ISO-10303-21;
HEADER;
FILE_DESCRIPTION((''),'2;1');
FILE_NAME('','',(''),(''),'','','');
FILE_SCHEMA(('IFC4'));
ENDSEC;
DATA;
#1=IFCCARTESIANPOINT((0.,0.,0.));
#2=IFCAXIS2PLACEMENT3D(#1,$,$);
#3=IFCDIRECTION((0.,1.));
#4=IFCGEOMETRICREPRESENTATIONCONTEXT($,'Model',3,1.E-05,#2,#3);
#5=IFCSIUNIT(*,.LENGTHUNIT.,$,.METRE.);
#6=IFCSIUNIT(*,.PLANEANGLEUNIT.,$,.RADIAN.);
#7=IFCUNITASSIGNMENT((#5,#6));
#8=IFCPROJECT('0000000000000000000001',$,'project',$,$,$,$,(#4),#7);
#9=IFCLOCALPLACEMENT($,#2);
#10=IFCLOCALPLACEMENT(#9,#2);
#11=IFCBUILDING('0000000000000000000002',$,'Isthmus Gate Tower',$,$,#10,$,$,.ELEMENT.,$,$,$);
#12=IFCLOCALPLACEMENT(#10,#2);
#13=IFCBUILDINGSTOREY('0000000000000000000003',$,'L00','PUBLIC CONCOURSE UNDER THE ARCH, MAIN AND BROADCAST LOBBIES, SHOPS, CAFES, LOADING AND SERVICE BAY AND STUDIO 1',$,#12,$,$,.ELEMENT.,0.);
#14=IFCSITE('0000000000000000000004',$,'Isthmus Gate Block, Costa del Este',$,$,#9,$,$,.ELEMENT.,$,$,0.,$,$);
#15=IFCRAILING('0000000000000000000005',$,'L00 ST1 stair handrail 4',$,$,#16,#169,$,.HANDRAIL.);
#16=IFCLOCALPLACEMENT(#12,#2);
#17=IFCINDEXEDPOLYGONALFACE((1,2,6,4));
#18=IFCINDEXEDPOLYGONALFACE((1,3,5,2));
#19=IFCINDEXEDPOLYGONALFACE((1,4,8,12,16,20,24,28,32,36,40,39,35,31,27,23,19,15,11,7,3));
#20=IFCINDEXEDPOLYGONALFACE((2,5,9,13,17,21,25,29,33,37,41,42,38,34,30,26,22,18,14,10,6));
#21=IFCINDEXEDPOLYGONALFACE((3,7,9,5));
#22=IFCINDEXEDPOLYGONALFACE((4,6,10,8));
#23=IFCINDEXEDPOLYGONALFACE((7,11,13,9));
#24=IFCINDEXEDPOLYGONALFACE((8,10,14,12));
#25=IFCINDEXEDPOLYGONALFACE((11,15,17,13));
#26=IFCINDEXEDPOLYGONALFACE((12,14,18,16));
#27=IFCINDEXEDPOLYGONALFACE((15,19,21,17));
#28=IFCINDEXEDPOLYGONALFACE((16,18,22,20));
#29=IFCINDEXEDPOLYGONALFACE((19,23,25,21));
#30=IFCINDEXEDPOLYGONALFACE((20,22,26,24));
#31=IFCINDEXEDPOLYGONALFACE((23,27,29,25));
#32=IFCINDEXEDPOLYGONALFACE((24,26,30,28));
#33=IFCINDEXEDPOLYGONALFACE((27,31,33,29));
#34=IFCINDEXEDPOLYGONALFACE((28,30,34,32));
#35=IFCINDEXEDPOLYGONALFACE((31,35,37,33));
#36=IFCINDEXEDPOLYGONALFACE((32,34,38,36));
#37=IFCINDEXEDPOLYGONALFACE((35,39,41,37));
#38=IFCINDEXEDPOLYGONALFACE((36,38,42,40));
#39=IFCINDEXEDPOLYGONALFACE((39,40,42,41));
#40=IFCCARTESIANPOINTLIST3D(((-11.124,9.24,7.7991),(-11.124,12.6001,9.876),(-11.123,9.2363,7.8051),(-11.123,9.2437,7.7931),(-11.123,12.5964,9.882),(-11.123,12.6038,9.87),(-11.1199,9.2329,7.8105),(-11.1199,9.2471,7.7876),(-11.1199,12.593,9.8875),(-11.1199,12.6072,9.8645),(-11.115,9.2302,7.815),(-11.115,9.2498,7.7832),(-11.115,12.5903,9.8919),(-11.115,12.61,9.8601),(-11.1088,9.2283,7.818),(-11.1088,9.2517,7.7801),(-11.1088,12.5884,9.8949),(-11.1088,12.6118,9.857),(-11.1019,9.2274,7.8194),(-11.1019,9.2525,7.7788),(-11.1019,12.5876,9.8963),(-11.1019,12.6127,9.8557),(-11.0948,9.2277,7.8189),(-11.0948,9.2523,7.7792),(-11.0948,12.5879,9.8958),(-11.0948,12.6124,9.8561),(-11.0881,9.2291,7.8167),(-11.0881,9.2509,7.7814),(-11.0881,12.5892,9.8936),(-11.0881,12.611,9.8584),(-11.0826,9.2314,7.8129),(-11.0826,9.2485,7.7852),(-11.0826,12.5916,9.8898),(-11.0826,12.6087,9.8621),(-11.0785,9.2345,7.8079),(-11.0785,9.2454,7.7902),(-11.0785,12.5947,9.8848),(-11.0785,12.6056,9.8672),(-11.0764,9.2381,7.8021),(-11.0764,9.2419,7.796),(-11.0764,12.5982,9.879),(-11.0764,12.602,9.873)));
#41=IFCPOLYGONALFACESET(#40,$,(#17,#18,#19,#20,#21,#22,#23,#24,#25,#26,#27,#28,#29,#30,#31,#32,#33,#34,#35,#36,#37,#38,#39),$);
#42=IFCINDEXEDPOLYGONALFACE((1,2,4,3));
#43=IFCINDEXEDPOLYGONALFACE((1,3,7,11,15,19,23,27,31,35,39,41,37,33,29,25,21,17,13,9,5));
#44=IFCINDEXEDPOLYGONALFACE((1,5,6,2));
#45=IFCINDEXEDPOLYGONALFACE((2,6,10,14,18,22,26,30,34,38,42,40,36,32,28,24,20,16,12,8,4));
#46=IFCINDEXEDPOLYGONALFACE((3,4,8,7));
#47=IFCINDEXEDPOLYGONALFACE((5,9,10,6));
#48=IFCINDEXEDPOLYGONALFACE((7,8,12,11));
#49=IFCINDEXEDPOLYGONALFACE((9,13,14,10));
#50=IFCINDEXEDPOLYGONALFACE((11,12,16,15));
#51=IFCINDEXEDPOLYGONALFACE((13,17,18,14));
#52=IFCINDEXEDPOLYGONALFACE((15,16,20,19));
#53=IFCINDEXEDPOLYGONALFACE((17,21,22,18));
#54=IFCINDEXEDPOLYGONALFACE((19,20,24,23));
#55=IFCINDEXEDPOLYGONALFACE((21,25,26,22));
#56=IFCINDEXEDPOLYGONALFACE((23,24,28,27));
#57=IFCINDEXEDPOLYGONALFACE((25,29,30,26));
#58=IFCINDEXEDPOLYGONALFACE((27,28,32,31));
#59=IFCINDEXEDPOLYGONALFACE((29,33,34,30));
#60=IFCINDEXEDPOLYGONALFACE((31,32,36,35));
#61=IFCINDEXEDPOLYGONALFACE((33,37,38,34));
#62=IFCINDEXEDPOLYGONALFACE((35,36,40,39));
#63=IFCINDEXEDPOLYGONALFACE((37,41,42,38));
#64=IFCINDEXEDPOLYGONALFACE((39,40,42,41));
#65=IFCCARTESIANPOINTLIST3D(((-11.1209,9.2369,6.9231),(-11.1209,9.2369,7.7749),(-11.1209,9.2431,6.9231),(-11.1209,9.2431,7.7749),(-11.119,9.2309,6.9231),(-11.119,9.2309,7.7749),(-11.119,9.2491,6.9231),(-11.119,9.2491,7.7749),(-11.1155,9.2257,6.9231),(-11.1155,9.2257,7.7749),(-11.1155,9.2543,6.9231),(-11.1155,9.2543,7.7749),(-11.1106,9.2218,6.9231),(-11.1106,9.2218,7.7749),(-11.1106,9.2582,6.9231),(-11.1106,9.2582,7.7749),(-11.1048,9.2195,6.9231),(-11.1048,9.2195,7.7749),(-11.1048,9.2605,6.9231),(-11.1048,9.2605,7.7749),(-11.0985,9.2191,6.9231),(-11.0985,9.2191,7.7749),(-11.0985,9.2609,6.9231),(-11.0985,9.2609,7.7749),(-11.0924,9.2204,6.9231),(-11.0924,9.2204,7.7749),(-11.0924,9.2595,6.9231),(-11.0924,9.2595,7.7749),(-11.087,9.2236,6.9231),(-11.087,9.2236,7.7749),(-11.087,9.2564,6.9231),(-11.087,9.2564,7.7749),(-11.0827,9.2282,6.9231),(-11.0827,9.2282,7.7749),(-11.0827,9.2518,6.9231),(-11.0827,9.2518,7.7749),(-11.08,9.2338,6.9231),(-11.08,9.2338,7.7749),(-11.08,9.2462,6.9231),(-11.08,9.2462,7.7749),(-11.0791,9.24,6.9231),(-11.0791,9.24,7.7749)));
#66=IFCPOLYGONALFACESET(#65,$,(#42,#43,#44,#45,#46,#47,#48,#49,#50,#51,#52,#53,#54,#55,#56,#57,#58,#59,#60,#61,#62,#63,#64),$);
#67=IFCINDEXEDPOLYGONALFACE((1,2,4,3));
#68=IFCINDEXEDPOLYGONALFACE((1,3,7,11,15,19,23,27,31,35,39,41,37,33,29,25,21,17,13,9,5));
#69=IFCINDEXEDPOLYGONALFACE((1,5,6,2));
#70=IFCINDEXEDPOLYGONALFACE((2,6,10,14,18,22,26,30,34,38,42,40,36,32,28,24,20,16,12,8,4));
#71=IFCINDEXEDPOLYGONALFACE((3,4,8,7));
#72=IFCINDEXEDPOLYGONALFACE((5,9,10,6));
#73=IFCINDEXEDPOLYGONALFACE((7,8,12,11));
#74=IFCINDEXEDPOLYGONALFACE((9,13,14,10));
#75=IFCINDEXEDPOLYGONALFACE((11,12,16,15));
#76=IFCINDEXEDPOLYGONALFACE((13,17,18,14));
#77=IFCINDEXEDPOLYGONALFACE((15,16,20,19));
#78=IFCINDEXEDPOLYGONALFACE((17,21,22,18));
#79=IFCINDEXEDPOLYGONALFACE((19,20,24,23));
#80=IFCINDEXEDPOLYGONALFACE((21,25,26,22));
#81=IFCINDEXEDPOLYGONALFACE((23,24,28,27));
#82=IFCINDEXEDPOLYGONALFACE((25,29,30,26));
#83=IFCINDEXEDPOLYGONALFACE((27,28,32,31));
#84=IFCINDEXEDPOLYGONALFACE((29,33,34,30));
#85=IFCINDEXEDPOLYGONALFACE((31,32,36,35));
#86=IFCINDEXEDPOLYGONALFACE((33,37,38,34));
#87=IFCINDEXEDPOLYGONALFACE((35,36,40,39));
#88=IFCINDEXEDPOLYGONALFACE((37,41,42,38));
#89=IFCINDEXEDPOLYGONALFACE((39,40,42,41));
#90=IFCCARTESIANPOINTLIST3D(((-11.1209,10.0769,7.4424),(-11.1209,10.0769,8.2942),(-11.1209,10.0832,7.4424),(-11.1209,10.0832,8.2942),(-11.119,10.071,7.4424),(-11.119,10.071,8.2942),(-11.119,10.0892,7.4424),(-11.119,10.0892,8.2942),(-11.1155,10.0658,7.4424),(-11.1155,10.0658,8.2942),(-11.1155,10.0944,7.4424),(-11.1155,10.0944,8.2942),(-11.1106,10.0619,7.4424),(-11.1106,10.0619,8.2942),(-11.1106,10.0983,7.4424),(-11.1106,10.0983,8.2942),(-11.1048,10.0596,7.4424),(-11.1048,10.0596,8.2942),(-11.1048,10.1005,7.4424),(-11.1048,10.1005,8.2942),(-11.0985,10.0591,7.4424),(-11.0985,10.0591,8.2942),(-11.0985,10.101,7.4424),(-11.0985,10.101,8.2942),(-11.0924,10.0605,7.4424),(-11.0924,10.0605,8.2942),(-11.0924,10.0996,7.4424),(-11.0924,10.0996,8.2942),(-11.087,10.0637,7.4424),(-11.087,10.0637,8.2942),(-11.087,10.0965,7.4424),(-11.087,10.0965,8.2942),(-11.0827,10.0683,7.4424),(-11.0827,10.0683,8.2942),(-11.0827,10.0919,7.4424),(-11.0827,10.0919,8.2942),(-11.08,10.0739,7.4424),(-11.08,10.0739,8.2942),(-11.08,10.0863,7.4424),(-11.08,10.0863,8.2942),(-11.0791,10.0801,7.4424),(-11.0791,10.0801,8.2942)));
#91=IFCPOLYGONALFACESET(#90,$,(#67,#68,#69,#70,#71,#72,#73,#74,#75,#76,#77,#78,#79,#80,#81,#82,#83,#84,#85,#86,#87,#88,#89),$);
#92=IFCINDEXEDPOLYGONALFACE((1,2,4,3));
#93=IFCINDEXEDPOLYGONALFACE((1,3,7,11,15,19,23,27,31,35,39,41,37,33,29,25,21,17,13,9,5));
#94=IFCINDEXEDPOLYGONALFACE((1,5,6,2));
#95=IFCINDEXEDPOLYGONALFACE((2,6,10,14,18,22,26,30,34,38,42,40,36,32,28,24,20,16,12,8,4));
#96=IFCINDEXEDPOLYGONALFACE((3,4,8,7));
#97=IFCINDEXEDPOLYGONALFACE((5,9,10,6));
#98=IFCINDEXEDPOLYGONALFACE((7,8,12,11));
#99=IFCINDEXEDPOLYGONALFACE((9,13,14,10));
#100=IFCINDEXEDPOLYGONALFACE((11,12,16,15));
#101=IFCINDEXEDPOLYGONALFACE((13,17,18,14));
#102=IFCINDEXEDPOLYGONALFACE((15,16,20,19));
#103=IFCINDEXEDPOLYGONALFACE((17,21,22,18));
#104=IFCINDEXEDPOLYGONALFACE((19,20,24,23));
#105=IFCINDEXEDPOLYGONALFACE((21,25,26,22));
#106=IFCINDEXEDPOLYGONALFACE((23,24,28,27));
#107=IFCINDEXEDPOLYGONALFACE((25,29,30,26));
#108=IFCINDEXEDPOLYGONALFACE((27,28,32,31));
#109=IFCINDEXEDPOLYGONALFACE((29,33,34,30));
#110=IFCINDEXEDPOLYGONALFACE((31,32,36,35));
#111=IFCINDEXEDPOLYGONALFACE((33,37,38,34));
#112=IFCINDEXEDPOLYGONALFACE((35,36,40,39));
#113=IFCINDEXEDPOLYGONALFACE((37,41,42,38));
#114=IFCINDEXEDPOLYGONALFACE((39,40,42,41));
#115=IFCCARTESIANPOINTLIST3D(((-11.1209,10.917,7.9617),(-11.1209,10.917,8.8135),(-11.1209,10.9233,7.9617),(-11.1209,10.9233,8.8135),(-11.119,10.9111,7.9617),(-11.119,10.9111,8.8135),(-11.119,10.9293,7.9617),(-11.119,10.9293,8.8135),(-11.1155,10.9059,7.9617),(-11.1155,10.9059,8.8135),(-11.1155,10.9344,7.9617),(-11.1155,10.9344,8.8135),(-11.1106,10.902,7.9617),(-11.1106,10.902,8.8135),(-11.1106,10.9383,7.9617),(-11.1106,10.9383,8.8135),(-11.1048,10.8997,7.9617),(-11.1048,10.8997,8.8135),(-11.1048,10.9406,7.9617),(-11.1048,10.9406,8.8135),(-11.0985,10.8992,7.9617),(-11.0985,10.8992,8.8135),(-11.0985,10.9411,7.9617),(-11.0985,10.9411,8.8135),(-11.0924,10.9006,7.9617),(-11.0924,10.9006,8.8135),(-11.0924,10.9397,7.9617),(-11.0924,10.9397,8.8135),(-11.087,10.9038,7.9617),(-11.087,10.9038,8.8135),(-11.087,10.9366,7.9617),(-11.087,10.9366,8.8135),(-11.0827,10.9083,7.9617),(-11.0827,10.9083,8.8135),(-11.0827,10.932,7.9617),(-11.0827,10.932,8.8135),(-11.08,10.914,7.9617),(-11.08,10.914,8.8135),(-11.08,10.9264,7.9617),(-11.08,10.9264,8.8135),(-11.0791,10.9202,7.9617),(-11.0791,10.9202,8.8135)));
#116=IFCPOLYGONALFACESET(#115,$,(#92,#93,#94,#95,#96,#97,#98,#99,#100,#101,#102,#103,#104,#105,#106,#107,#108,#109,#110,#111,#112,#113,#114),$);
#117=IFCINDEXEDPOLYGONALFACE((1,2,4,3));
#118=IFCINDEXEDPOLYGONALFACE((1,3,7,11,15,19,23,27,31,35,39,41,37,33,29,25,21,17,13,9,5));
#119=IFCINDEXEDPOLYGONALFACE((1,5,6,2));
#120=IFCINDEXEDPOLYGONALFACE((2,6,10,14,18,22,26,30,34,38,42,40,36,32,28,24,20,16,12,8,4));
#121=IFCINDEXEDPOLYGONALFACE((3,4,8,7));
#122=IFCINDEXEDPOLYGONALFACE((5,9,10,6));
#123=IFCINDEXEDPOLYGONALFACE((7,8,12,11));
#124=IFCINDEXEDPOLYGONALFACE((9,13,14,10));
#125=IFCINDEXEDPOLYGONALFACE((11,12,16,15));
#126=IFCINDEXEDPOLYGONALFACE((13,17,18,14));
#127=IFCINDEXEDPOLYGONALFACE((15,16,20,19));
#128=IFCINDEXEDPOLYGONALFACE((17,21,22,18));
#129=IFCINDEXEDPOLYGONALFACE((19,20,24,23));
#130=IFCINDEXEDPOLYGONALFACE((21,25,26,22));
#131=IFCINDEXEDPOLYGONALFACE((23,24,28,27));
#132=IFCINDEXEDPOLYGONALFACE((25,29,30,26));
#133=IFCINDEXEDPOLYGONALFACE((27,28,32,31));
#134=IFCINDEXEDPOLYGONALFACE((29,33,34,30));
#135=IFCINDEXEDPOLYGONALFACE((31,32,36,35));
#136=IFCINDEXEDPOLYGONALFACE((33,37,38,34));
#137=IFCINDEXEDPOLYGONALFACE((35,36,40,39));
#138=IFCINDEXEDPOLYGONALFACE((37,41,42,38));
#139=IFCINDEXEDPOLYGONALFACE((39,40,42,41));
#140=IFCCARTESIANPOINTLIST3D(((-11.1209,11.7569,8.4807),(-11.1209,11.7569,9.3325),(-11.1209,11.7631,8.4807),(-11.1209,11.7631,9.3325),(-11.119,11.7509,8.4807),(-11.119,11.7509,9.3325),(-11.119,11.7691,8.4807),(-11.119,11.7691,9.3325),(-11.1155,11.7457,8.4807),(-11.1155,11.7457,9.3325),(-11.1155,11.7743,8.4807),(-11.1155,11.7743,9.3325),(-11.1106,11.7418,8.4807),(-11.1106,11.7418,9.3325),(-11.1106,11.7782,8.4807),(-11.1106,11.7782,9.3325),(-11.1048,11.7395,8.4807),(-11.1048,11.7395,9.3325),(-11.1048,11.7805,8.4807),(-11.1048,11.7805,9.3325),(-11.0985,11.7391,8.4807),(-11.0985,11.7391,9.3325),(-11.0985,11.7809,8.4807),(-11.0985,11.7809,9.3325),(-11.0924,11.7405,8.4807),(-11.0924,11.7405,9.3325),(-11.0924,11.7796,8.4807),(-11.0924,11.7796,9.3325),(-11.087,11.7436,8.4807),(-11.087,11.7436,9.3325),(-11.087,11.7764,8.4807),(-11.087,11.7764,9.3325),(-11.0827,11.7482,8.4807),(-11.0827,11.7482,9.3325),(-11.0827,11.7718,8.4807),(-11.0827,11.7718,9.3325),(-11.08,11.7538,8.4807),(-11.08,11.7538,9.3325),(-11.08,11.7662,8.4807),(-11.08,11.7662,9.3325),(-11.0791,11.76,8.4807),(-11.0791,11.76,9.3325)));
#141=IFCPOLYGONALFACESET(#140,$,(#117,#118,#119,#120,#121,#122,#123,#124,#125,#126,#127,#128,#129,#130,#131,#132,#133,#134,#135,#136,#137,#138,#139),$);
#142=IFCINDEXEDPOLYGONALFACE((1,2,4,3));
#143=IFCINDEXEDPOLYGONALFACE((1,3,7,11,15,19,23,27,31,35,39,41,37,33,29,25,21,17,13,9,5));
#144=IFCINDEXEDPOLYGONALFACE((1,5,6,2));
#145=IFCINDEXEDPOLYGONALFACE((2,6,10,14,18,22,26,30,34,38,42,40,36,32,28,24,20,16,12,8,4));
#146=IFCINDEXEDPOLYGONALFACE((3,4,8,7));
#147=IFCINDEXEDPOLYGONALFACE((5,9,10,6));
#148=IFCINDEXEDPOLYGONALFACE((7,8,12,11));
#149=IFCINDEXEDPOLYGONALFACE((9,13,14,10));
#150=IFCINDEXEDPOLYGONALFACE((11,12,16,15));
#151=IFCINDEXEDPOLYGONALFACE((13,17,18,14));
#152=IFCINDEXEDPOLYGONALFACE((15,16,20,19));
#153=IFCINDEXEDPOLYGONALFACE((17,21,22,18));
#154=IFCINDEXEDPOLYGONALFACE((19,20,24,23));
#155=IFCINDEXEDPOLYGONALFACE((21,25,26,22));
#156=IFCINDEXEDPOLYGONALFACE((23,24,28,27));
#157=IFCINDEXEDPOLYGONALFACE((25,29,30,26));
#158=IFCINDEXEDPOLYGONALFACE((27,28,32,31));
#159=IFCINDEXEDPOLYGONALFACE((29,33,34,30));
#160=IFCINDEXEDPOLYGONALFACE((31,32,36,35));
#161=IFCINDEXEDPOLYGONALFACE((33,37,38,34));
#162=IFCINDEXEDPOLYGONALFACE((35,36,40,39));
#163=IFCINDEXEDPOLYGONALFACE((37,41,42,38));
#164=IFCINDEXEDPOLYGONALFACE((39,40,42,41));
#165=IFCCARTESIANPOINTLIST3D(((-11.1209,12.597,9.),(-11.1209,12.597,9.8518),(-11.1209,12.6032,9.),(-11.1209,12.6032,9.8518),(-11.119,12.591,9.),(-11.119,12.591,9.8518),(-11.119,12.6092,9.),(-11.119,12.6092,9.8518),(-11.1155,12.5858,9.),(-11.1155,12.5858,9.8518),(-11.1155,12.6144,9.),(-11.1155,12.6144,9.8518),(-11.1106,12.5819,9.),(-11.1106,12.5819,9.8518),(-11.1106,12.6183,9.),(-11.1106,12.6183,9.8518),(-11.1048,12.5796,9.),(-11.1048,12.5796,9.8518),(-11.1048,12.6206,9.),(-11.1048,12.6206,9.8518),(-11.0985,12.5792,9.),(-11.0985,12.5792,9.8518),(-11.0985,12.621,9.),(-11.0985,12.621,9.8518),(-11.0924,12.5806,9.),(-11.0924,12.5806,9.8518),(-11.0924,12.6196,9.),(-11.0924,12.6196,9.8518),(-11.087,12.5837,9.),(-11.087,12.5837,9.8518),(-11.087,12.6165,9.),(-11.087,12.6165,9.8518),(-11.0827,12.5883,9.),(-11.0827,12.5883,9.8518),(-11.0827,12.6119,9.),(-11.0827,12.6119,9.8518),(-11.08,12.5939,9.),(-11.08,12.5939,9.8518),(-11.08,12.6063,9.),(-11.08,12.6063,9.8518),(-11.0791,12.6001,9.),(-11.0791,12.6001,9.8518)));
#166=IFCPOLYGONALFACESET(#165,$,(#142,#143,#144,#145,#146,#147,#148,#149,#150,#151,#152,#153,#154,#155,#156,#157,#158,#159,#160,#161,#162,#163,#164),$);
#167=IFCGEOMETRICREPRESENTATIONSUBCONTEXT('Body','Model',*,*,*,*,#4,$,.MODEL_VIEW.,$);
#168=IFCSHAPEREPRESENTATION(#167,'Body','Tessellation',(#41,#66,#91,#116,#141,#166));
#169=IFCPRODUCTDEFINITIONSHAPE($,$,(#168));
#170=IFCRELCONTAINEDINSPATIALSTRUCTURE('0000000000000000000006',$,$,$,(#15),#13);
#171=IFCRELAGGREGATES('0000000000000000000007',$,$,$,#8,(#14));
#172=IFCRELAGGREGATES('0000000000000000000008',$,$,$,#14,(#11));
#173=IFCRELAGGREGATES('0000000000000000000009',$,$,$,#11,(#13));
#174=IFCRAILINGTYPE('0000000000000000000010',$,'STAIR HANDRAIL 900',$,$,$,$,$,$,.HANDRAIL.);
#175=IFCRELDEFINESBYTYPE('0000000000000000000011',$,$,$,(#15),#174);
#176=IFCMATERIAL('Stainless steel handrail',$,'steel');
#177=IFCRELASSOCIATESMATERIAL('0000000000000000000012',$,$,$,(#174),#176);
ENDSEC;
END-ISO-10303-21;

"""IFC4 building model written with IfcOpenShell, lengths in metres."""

from ifc_helpers import new_model, si_unit, direction, frame, origin, origin_2d, place, context, subcontext, project, spatial, circle, extrude, material, type_object, element, save


model = new_model("IFC4")

# Units and contexts
model_context = context("Model", 3, precision=1e-05, world=origin(), true_north=direction((0.0, 1.0)))
body_context = subcontext(model_context, "Body", "Model", "MODEL_VIEW")
ifc_project = project(units=[si_unit("LENGTHUNIT", "METRE"), si_unit("PLANEANGLEUNIT", "RADIAN")], contexts=[model_context])

# Site, building, storey
site_placement = place(None, origin())
site = spatial("IfcSite", under=ifc_project, at=site_placement, Name="Isthmus Gate Block, Costa del Este", CompositionType="ELEMENT", RefElevation=0.0)
building_placement = place(site_placement, origin())
building = spatial("IfcBuilding", under=site, at=building_placement, Name="Isthmus Gate Tower", CompositionType="ELEMENT")
storey_placement = place(building_placement, origin())
storey = spatial("IfcBuildingStorey", under=building, at=storey_placement, Name="L00", Description="PUBLIC CONCOURSE UNDER THE ARCH, MAIN AND BROADCAST LOBBIES, SHOPS, CAFES, LOADING AND SERVICE BAY AND STUDIO 1", CompositionType="ELEMENT", Elevation=0.0)

# Railing
ifc_material_1 = material(Name="Stainless steel handrail", Category="steel")
railing_type_1 = type_object("IfcRailingType", Name="STAIR HANDRAIL 900", PredefinedType="HANDRAIL", material=ifc_material_1)
for number, where, name in (
    (1, (-11.1001, 9.24, 6.9231), "L00 ST1 stair handrail 4"),
):
    element("IfcRailing", number, at=place(storey_placement, frame(where)), inside=storey, type_object=railing_type_1, Name=name, PredefinedType="HANDRAIL", context=body_context, shape_type="SweptSolid", body=[
        extrude(circle(Radius=0.0239, at=origin_2d()), frame((0.0, 0.0, 0.876), z_axis=(0.0, 0.850623, 0.525776), x_axis=(-1.0, 0.0, 0.0)), (0.0, 0.0, 1.0), 3.9502),
        extrude(circle(Radius=0.021, at=origin_2d()), origin(), (0.0, 0.0, 1.0), 0.8518),
        extrude(circle(Radius=0.021, at=origin_2d()), frame((0.0, 0.8401, 0.5193)), (0.0, 0.0, 1.0), 0.8518),
        extrude(circle(Radius=0.021, at=origin_2d()), frame((0.0, 1.6802, 1.0386)), (0.0, 0.0, 1.0), 0.8518),
        extrude(circle(Radius=0.021, at=origin_2d()), frame((0.0, 2.52, 1.5576)), (0.0, 0.0, 1.0), 0.8518),
        extrude(circle(Radius=0.021, at=origin_2d()), frame((0.0, 3.3601, 2.0769)), (0.0, 0.0, 1.0), 0.8518),
    ])

save(model, "model.ifc")
